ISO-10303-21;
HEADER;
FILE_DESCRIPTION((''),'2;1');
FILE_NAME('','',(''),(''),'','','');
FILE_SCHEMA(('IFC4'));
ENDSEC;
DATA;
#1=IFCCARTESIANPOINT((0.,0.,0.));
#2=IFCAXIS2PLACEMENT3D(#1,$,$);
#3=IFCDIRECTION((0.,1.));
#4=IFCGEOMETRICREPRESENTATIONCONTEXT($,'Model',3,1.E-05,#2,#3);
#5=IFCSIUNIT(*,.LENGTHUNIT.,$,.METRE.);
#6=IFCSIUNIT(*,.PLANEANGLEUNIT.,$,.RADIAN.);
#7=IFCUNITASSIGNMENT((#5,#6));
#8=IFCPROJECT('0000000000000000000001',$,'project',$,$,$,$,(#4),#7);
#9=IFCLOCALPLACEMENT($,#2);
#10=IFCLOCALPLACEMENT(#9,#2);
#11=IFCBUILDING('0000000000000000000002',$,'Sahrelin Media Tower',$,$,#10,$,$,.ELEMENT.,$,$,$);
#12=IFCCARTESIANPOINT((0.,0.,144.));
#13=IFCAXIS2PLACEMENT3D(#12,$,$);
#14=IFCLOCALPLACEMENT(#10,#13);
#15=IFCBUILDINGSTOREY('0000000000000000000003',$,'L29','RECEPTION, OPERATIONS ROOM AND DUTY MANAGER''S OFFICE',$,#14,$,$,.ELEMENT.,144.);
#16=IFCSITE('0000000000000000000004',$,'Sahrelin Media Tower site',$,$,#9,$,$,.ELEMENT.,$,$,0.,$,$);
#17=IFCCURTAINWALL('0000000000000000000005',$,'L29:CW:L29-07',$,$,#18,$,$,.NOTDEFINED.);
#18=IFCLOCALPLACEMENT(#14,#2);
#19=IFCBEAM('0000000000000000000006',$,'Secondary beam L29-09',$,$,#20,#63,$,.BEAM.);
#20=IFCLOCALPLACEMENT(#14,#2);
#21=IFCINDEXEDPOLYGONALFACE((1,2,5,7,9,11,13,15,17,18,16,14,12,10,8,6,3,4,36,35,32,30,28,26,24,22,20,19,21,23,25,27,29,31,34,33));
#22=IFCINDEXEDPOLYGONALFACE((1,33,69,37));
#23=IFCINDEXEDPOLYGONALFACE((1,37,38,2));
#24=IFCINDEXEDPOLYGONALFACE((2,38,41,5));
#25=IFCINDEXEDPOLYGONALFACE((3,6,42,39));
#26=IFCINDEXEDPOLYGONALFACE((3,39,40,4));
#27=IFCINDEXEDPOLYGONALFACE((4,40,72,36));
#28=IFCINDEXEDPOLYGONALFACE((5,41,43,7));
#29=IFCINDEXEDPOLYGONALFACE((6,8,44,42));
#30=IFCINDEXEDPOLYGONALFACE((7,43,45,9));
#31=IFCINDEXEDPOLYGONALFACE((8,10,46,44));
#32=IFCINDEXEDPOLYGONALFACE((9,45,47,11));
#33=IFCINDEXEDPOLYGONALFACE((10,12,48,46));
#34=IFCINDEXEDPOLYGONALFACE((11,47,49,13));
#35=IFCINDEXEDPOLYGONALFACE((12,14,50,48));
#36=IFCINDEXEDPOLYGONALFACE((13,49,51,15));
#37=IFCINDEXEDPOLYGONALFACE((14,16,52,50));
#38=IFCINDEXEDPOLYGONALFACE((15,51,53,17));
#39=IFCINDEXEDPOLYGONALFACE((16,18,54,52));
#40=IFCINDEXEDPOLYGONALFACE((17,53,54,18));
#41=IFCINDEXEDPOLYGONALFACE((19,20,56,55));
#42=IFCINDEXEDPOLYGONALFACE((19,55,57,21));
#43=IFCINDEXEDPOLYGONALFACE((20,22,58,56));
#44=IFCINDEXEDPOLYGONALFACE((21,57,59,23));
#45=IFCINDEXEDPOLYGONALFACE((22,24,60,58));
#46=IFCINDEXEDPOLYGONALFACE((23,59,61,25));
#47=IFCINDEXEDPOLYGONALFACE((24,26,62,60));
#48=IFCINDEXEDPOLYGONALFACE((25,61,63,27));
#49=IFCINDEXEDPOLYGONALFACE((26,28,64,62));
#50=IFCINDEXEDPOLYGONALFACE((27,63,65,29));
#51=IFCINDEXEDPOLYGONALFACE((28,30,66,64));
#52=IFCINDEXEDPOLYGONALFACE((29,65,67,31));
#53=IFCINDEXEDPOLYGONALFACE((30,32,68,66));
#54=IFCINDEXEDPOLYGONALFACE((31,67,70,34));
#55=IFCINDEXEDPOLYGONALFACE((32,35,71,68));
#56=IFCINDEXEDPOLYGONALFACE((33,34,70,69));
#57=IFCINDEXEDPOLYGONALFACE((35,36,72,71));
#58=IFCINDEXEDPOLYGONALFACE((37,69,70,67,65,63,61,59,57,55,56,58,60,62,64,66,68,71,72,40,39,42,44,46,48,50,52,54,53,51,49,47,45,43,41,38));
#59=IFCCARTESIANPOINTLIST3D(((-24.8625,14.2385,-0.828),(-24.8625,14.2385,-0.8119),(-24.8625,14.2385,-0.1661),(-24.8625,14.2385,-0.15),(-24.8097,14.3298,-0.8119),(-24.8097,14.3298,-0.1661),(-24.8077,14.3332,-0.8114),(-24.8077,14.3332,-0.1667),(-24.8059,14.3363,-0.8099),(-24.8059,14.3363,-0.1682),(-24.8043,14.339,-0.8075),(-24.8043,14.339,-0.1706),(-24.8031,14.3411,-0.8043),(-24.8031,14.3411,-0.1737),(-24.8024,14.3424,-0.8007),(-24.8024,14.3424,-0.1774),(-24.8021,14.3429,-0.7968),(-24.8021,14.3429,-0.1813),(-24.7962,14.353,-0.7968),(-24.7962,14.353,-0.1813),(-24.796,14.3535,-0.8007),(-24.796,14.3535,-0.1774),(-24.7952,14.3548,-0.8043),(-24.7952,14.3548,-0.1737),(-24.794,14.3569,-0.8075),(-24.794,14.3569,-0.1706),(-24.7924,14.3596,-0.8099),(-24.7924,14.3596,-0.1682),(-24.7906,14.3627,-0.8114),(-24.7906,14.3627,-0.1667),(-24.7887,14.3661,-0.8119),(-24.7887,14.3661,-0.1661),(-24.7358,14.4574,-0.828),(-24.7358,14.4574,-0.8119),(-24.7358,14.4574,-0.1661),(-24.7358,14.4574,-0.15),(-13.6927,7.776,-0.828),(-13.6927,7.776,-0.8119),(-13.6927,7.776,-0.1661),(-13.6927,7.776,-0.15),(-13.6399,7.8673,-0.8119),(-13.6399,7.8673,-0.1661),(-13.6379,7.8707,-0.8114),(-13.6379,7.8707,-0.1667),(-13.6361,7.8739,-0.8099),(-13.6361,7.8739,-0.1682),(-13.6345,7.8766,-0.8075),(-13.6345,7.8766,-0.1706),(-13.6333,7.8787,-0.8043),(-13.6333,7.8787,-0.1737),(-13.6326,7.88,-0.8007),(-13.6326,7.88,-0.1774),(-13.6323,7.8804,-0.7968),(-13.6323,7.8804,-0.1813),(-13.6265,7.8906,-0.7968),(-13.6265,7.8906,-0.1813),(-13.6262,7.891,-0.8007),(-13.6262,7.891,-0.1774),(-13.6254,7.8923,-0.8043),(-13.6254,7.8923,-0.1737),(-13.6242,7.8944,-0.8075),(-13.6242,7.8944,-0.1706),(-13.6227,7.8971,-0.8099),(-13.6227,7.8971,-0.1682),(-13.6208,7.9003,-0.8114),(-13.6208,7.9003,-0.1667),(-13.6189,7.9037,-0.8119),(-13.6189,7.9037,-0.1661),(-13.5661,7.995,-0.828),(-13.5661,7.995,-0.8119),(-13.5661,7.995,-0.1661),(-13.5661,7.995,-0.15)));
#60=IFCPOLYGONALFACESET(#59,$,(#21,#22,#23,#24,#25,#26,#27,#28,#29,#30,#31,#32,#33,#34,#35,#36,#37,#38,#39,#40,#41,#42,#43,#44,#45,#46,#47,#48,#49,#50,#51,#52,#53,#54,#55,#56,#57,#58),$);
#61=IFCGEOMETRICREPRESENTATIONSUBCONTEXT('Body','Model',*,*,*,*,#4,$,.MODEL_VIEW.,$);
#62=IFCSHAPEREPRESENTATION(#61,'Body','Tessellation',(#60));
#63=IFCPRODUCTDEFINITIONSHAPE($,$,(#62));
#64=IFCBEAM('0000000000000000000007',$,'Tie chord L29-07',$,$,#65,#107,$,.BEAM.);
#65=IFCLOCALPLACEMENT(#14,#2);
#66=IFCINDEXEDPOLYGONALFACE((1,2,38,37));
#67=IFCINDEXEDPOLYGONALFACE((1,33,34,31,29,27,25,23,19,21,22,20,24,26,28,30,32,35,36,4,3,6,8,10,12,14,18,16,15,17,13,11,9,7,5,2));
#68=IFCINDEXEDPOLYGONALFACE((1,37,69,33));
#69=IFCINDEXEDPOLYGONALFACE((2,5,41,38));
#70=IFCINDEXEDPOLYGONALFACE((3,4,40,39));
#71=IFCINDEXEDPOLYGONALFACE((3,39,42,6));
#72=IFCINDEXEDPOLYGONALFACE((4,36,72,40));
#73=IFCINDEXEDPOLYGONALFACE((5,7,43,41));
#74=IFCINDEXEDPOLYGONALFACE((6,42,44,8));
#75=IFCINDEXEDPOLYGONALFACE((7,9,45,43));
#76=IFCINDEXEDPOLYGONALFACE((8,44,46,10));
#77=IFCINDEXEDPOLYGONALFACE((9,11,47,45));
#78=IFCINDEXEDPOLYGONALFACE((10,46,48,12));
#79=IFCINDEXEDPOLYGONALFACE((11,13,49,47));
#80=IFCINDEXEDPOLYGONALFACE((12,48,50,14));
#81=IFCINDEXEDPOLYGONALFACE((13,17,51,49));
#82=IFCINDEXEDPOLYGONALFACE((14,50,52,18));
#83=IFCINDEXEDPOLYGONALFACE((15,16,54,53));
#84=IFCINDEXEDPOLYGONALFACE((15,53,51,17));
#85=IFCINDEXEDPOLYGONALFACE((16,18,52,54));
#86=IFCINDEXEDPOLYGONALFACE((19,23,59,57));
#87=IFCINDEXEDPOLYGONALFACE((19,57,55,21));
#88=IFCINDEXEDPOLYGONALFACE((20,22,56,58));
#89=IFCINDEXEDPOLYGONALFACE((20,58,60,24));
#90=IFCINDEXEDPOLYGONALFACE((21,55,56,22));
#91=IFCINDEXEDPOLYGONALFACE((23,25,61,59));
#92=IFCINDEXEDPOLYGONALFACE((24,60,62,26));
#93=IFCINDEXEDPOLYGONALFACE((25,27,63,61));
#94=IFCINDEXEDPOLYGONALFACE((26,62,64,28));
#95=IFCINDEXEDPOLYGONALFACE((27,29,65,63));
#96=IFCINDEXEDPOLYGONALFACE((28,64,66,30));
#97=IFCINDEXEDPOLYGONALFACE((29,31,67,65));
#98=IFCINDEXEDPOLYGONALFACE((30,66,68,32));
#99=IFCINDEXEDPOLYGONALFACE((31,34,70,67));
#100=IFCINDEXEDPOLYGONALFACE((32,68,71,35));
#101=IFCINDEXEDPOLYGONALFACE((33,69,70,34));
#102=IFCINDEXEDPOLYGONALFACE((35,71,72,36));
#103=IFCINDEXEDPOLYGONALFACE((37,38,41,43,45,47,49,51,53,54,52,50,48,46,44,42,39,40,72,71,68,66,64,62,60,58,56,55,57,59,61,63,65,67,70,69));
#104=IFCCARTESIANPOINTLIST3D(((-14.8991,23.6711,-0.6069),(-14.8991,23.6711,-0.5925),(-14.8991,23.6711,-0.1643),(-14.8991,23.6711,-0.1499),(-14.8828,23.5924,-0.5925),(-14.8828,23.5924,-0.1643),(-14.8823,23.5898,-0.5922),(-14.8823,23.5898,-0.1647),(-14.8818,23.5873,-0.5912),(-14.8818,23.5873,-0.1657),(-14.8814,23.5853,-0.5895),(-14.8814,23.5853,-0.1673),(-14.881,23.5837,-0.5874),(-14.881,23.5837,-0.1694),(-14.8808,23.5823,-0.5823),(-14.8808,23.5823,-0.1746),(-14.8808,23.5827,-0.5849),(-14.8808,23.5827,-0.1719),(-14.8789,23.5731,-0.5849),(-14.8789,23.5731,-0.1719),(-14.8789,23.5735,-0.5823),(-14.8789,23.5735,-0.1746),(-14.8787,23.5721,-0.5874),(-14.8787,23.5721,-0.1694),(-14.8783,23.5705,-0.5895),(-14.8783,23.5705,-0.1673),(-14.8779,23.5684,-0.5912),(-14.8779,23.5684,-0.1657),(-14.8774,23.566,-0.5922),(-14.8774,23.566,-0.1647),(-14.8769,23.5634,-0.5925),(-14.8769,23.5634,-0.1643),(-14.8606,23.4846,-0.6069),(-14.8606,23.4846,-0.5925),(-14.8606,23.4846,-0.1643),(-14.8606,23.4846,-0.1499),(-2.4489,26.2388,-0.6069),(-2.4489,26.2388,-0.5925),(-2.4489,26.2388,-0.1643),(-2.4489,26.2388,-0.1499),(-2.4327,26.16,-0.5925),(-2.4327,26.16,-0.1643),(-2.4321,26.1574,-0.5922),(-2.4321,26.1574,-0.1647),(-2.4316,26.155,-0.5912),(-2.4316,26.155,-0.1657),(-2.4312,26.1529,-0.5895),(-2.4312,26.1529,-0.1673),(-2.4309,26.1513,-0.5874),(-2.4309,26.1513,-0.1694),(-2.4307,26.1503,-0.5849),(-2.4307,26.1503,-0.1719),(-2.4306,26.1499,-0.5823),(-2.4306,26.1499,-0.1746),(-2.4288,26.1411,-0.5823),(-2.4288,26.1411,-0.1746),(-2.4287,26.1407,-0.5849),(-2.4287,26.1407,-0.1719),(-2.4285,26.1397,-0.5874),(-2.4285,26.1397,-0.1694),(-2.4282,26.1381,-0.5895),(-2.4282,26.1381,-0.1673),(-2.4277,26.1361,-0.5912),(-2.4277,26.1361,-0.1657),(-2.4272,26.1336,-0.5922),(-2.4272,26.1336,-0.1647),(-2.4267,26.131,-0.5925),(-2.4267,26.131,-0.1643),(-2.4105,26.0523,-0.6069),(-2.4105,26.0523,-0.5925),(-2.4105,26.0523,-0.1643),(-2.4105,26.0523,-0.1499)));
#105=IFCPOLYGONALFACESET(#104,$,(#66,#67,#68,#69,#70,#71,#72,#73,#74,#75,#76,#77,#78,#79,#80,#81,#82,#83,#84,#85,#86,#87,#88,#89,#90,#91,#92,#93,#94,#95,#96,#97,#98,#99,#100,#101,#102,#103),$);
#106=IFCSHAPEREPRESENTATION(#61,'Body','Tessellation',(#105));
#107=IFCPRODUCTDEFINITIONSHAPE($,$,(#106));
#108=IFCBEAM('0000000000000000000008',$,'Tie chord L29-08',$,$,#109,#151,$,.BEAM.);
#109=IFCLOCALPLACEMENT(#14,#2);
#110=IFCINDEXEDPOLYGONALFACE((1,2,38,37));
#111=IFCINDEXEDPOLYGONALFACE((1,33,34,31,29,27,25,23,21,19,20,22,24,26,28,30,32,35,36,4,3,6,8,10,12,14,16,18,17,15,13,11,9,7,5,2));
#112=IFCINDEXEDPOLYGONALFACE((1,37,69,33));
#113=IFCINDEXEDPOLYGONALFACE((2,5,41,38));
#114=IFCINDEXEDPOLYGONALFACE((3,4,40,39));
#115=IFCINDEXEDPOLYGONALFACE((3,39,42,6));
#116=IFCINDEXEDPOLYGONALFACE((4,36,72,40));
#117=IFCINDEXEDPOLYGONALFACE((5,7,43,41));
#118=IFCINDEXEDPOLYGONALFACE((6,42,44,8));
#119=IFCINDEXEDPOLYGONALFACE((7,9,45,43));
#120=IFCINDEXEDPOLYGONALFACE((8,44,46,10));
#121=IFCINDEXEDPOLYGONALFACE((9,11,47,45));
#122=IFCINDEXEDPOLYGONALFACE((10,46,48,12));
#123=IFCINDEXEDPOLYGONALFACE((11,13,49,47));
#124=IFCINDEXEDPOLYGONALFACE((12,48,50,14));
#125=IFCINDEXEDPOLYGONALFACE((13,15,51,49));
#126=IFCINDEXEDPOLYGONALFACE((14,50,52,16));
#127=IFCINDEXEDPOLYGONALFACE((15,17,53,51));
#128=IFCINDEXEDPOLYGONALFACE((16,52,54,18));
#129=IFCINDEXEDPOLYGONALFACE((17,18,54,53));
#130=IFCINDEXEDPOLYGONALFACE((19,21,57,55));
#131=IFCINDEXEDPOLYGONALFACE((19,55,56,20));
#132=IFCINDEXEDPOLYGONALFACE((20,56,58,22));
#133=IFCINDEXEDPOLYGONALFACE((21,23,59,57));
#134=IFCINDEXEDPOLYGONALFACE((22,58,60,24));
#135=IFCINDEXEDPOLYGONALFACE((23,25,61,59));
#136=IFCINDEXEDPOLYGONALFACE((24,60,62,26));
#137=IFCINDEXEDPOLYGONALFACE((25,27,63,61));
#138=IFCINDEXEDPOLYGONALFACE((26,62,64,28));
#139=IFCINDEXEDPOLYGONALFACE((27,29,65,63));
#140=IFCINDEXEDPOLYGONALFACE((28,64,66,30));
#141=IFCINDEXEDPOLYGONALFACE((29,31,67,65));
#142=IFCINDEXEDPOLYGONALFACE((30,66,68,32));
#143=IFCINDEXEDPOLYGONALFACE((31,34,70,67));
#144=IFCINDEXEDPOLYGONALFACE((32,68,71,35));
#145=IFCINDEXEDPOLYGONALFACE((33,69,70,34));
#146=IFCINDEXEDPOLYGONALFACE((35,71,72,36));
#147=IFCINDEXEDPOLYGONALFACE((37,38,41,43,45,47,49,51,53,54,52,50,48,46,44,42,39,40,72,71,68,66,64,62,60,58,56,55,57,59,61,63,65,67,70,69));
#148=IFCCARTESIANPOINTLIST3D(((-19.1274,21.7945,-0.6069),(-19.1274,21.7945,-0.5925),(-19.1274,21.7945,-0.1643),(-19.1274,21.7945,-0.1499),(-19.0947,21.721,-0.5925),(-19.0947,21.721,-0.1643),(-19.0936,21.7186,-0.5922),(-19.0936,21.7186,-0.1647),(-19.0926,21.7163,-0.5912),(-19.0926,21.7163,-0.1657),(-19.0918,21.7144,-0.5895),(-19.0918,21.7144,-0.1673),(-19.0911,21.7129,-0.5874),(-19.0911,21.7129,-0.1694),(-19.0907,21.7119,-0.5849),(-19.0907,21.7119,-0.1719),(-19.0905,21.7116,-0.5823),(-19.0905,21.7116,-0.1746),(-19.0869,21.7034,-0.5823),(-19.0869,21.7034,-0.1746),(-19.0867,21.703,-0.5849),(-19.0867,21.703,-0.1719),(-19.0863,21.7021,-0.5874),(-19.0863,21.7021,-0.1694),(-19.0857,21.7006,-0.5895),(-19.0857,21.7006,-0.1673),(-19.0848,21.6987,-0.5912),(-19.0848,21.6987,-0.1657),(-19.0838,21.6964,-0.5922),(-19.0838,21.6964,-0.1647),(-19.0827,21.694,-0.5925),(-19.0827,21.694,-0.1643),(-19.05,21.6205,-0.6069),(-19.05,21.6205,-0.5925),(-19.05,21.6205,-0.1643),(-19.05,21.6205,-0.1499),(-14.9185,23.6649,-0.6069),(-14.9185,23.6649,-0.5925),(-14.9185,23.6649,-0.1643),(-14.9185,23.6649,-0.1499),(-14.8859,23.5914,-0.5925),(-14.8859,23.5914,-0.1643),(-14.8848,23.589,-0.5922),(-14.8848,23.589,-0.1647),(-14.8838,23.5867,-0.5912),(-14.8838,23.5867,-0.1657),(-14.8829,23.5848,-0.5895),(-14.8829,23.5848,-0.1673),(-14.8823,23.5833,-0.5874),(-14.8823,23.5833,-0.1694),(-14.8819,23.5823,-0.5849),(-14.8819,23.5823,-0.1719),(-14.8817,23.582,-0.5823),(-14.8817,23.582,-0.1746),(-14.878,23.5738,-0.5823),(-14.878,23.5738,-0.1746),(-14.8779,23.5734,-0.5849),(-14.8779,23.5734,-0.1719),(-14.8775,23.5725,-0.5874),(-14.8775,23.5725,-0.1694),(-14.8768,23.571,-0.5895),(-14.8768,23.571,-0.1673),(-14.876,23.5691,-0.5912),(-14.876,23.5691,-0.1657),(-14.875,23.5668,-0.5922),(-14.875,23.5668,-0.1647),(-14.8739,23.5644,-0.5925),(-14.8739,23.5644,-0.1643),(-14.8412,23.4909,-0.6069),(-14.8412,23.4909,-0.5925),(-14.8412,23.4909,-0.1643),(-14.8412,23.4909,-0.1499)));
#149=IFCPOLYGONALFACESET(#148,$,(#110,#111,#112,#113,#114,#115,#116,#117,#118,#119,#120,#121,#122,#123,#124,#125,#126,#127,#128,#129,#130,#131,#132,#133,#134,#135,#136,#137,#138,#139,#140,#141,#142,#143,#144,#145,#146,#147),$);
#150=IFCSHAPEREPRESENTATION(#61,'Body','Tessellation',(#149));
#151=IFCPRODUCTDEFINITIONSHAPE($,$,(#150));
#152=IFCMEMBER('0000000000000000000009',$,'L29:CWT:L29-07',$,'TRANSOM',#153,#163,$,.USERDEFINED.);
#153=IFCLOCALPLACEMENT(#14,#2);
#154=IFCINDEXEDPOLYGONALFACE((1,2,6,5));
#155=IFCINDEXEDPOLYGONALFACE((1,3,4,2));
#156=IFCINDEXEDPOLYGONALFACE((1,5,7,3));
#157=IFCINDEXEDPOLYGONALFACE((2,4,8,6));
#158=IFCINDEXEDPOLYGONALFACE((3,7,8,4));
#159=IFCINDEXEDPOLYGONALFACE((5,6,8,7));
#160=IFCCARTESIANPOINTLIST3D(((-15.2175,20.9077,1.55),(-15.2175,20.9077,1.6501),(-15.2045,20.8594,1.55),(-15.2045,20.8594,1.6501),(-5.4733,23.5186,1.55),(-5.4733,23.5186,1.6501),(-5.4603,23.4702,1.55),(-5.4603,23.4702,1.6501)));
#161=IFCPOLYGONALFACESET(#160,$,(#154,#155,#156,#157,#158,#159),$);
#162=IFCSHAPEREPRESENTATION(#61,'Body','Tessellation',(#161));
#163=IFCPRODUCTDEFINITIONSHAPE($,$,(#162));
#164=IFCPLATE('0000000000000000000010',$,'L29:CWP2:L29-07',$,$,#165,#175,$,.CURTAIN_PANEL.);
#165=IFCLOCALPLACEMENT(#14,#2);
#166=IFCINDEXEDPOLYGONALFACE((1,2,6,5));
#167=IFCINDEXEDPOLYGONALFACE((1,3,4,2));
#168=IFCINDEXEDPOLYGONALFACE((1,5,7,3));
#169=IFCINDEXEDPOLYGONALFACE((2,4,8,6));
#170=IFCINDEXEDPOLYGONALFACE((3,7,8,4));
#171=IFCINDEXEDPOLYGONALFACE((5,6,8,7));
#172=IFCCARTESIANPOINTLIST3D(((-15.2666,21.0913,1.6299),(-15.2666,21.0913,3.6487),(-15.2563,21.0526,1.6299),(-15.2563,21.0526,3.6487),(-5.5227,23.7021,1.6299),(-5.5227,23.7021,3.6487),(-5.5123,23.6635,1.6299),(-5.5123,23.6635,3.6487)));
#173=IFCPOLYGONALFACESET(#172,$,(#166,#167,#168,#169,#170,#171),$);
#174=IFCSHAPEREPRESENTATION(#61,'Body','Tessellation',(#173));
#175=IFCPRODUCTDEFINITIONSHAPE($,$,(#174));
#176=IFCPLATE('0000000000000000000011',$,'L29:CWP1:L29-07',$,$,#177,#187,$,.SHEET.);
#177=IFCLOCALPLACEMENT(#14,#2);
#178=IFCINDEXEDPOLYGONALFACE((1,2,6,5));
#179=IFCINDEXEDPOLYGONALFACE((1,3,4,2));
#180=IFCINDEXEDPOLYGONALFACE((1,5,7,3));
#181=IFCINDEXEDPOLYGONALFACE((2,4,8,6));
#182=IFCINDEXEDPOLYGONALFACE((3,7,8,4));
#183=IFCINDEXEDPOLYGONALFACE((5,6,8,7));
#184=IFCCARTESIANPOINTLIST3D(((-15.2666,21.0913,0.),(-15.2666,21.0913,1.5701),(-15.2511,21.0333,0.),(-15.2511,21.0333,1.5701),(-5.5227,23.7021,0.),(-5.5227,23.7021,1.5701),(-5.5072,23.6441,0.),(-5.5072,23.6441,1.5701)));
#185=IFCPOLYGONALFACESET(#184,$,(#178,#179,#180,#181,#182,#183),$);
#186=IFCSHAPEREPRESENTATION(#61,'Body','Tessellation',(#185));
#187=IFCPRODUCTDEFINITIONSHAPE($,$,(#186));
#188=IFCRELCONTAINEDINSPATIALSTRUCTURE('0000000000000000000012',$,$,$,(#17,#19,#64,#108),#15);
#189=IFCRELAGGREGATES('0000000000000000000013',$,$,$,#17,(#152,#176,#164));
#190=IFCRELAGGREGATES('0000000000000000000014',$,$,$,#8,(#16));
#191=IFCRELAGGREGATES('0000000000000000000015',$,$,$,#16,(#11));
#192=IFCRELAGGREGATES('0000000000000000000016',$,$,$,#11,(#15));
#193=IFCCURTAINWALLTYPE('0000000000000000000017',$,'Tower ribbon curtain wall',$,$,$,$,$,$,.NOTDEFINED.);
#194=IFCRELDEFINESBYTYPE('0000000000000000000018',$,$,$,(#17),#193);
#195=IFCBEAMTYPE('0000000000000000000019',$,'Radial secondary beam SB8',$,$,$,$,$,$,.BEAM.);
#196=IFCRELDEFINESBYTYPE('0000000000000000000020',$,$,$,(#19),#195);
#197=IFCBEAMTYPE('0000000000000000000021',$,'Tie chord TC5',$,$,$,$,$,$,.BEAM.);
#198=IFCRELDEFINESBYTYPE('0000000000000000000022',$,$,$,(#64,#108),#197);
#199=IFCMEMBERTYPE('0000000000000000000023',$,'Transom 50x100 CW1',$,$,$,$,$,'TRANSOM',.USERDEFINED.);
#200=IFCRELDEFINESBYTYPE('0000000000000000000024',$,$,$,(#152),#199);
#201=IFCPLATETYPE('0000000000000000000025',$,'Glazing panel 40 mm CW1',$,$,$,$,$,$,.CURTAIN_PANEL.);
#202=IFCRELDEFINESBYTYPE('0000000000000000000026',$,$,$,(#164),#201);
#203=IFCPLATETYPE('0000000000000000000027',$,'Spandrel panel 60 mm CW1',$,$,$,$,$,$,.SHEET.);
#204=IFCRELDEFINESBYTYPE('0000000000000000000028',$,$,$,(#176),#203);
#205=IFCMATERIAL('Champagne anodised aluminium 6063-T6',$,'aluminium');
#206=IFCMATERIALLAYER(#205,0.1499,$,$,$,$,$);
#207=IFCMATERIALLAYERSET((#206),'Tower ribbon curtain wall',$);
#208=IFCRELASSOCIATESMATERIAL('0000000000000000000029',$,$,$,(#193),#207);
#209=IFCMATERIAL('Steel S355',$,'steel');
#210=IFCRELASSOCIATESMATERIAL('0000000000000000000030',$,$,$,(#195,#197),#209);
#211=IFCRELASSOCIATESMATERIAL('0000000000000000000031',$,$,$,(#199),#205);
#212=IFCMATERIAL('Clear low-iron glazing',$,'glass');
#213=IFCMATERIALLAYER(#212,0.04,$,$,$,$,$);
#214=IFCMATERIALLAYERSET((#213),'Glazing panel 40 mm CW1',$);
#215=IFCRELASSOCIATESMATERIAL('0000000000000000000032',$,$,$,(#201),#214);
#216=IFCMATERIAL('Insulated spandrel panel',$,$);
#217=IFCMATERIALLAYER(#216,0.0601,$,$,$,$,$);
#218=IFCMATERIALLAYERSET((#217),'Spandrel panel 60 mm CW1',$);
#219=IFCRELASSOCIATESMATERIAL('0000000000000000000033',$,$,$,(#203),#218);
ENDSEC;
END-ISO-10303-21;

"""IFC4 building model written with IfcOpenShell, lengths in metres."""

from ifc_helpers import new_model, si_unit, direction, frame, origin, origin_2d, place, context, subcontext, project, spatial, polyline, rectangle, i_section, outline, extrude, material, layer, layer_set, material_profile, profile_set, type_object, element, aggregate, save


model = new_model("IFC4")

# Units and contexts
model_context = context("Model", 3, precision=1e-05, world=origin(), true_north=direction((0.0, 1.0)))
body_context = subcontext(model_context, "Body", "Model", "MODEL_VIEW")
ifc_project = project(units=[si_unit("LENGTHUNIT", "METRE"), si_unit("PLANEANGLEUNIT", "RADIAN")], contexts=[model_context])

# Site, building, storey
site_placement = place(None, origin())
site = spatial("IfcSite", under=ifc_project, at=site_placement, Name="Sahrelin Media Tower site", CompositionType="ELEMENT", RefElevation=0.0)
building_placement = place(site_placement, origin())
building = spatial("IfcBuilding", under=site, at=building_placement, Name="Sahrelin Media Tower", CompositionType="ELEMENT")
storey_placement = place(building_placement, frame((0.0, 0.0, 144.0)))
storey = spatial("IfcBuildingStorey", under=building, at=storey_placement, Name="L29", Description="RECEPTION, OPERATIONS ROOM AND DUTY MANAGER'S OFFICE", CompositionType="ELEMENT", Elevation=144.0)

# Shared definitions
ifc_material_1 = material(Name="Steel S355", Category="steel")

# Curtain wall
ifc_material_2 = material(Name="Champagne anodised aluminium 6063-T6", Category="aluminium")
ifc_layer_1 = layer(ifc_material_2, 0.1499)
ifc_layer_set_1 = layer_set([ifc_layer_1], Name="Tower ribbon curtain wall")
curtain_wall_type = type_object("IfcCurtainWallType", Name="Tower ribbon curtain wall", PredefinedType="NOTDEFINED", material=ifc_layer_set_1)
curtain_wall_1_placement = place(storey_placement, frame((-10.3894, 22.3772, 0.0), z_axis=(0.0, 0.0, 1.0), x_axis=(1.0, 0.0, 0.0)))
curtain_wall_1 = element("IfcCurtainWall", 1, at=curtain_wall_1_placement, inside=storey, type_object=curtain_wall_type, Name="L29:CW:L29-07", PredefinedType="NOTDEFINED")

# Beams
ifc_material_profile_1 = material_profile(ifc_material_1, i_section(OverallWidth=0.2529, OverallDepth=0.678, WebThickness=0.0117, FlangeThickness=0.0161, FilletRadius=0.0151, at=origin_2d()), Name="UB 686x254x125")
ifc_profile_set_1 = profile_set([ifc_material_profile_1], Name="Steel S355")
beam_type_1 = type_object("IfcBeamType", Name="Radial secondary beam SB8", PredefinedType="BEAM", material=ifc_profile_set_1)
beam_1_placement = place(storey_placement, frame((-13.6294, 7.8855, -0.489), z_axis=(-0.865569, 0.500789, 0.0), x_axis=(-0.500789, -0.865569, 0.0)))
element("IfcBeam", 2, at=beam_1_placement, inside=storey, type_object=beam_type_1, Name="Secondary beam L29-09", PredefinedType="BEAM", context=body_context, shape_type="SweptSolid", body=[
    extrude(i_section(OverallWidth=0.2529, OverallDepth=0.678, WebThickness=0.0117, FlangeThickness=0.0161, FilletRadius=0.0151, at=origin_2d()), origin(), (0.0, 0.0, 1.0), 12.9045),
])
ifc_material_profile_2 = material_profile(ifc_material_1, i_section(OverallWidth=0.1904, OverallDepth=0.457, WebThickness=0.009, FlangeThickness=0.0144, FilletRadius=0.0103, at=origin_2d()), Name="UB 457x191x74")
ifc_profile_set_2 = profile_set([ifc_material_profile_2], Name="Steel S355")
beam_type_2 = type_object("IfcBeamType", Name="Tie chord TC5", PredefinedType="BEAM", material=ifc_profile_set_2)
beam_2_placement = place(storey_placement, frame((-2.4297, 26.1455, -0.3784), z_axis=(-0.979389, -0.201981, 0.0), x_axis=(0.201981, -0.979389, 0.0)))
element("IfcBeam", 3, at=beam_2_placement, inside=storey, type_object=beam_type_2, Name="Tie chord L29-07", PredefinedType="BEAM", context=body_context, shape_type="SweptSolid", body=[
    extrude(i_section(OverallWidth=0.1904, OverallDepth=0.457, WebThickness=0.009, FlangeThickness=0.0144, FilletRadius=0.0103, at=origin_2d()), origin(), (0.0, 0.0, 1.0), 12.7122),
])
beam_3_placement = place(storey_placement, frame((-14.8799, 23.5779, -0.3784), z_axis=(-0.913827, -0.406104, 0.0), x_axis=(0.406104, -0.913827, 0.0)))
element("IfcBeam", 4, at=beam_3_placement, inside=storey, type_object=beam_type_2, Name="Tie chord L29-08", PredefinedType="BEAM", context=body_context, shape_type="SweptSolid", body=[
    extrude(i_section(OverallWidth=0.1904, OverallDepth=0.457, WebThickness=0.009, FlangeThickness=0.0144, FilletRadius=0.0103, at=origin_2d()), origin(), (0.0, 0.0, 1.0), 4.6057),
])

# Member
ifc_material_profile_3 = material_profile(ifc_material_2, rectangle(XDim=0.05, YDim=0.1001, at=origin_2d()), Name="Transom 50x100")
ifc_profile_set_3 = profile_set([ifc_material_profile_3], Name="Champagne anodised aluminium 6063-T6")
member_type_1 = type_object("IfcMemberType", Name="Transom 50x100 CW1", ElementType="TRANSOM", PredefinedType="USERDEFINED", material=ifc_profile_set_3)
member_1_placement = place(storey_placement, frame((-5.4668, 23.4944, 1.6001), z_axis=(-0.965928, -0.25881, 0.0), x_axis=(0.25881, -0.965928, 0.0)))
member_1 = element("IfcMember", 5, at=member_1_placement, type_object=member_type_1, Name="L29:CWT:L29-07", ObjectType="TRANSOM", PredefinedType="USERDEFINED", context=body_context, shape_type="SweptSolid", body=[
    extrude(rectangle(XDim=0.05, YDim=0.1001, at=origin_2d()), origin(), (0.0, 0.0, 1.0), 10.0879),
])

# Plates
ifc_material_3 = material(Name="Clear low-iron glazing", Category="glass")
ifc_layer_2 = layer(ifc_material_3, 0.04)
ifc_layer_set_2 = layer_set([ifc_layer_2], Name="Glazing panel 40 mm CW1")
plate_type_1 = type_object("IfcPlateType", Name="Glazing panel 40 mm CW1", PredefinedType="CURTAIN_PANEL", material=ifc_layer_set_2)
plate_1_placement = place(storey_placement, frame((-5.5227, 23.7021, 1.6299), z_axis=(-0.258816, 0.965927, 0.0), x_axis=(-0.965927, -0.258816, 0.0)))
plate_1 = element("IfcPlate", 6, at=plate_1_placement, type_object=plate_type_1, Name="L29:CWP2:L29-07", PredefinedType="CURTAIN_PANEL", context=body_context, shape_type="SweptSolid", body=[
    extrude(outline(polyline([(0.0, 0.0), (10.0876, 0.0), (10.0876, 2.0188), (0.0, 2.0188), (0.0, 0.0)])), origin(), (0.0, 0.0, -1.0), 0.04),
])
ifc_material_4 = material(Name="Insulated spandrel panel")
ifc_layer_3 = layer(ifc_material_4, 0.0601)
ifc_layer_set_3 = layer_set([ifc_layer_3], Name="Spandrel panel 60 mm CW1")
plate_type_2 = type_object("IfcPlateType", Name="Spandrel panel 60 mm CW1", PredefinedType="SHEET", material=ifc_layer_set_3)
plate_2_placement = place(storey_placement, frame((-5.5227, 23.7021, 0.0), z_axis=(-0.258816, 0.965927, 0.0), x_axis=(-0.965927, -0.258816, 0.0)))
plate_2 = element("IfcPlate", 7, at=plate_2_placement, type_object=plate_type_2, Name="L29:CWP1:L29-07", PredefinedType="SHEET", context=body_context, shape_type="SweptSolid", body=[
    extrude(outline(polyline([(0.0, 0.0), (10.0876, 0.0), (10.0876, 1.5701), (0.0, 1.5701), (0.0, 0.0)])), origin(), (0.0, 0.0, -1.0), 0.0601),
])
aggregate(curtain_wall_1, [member_1, plate_2, plate_1])

save(model, "model.ifc")
